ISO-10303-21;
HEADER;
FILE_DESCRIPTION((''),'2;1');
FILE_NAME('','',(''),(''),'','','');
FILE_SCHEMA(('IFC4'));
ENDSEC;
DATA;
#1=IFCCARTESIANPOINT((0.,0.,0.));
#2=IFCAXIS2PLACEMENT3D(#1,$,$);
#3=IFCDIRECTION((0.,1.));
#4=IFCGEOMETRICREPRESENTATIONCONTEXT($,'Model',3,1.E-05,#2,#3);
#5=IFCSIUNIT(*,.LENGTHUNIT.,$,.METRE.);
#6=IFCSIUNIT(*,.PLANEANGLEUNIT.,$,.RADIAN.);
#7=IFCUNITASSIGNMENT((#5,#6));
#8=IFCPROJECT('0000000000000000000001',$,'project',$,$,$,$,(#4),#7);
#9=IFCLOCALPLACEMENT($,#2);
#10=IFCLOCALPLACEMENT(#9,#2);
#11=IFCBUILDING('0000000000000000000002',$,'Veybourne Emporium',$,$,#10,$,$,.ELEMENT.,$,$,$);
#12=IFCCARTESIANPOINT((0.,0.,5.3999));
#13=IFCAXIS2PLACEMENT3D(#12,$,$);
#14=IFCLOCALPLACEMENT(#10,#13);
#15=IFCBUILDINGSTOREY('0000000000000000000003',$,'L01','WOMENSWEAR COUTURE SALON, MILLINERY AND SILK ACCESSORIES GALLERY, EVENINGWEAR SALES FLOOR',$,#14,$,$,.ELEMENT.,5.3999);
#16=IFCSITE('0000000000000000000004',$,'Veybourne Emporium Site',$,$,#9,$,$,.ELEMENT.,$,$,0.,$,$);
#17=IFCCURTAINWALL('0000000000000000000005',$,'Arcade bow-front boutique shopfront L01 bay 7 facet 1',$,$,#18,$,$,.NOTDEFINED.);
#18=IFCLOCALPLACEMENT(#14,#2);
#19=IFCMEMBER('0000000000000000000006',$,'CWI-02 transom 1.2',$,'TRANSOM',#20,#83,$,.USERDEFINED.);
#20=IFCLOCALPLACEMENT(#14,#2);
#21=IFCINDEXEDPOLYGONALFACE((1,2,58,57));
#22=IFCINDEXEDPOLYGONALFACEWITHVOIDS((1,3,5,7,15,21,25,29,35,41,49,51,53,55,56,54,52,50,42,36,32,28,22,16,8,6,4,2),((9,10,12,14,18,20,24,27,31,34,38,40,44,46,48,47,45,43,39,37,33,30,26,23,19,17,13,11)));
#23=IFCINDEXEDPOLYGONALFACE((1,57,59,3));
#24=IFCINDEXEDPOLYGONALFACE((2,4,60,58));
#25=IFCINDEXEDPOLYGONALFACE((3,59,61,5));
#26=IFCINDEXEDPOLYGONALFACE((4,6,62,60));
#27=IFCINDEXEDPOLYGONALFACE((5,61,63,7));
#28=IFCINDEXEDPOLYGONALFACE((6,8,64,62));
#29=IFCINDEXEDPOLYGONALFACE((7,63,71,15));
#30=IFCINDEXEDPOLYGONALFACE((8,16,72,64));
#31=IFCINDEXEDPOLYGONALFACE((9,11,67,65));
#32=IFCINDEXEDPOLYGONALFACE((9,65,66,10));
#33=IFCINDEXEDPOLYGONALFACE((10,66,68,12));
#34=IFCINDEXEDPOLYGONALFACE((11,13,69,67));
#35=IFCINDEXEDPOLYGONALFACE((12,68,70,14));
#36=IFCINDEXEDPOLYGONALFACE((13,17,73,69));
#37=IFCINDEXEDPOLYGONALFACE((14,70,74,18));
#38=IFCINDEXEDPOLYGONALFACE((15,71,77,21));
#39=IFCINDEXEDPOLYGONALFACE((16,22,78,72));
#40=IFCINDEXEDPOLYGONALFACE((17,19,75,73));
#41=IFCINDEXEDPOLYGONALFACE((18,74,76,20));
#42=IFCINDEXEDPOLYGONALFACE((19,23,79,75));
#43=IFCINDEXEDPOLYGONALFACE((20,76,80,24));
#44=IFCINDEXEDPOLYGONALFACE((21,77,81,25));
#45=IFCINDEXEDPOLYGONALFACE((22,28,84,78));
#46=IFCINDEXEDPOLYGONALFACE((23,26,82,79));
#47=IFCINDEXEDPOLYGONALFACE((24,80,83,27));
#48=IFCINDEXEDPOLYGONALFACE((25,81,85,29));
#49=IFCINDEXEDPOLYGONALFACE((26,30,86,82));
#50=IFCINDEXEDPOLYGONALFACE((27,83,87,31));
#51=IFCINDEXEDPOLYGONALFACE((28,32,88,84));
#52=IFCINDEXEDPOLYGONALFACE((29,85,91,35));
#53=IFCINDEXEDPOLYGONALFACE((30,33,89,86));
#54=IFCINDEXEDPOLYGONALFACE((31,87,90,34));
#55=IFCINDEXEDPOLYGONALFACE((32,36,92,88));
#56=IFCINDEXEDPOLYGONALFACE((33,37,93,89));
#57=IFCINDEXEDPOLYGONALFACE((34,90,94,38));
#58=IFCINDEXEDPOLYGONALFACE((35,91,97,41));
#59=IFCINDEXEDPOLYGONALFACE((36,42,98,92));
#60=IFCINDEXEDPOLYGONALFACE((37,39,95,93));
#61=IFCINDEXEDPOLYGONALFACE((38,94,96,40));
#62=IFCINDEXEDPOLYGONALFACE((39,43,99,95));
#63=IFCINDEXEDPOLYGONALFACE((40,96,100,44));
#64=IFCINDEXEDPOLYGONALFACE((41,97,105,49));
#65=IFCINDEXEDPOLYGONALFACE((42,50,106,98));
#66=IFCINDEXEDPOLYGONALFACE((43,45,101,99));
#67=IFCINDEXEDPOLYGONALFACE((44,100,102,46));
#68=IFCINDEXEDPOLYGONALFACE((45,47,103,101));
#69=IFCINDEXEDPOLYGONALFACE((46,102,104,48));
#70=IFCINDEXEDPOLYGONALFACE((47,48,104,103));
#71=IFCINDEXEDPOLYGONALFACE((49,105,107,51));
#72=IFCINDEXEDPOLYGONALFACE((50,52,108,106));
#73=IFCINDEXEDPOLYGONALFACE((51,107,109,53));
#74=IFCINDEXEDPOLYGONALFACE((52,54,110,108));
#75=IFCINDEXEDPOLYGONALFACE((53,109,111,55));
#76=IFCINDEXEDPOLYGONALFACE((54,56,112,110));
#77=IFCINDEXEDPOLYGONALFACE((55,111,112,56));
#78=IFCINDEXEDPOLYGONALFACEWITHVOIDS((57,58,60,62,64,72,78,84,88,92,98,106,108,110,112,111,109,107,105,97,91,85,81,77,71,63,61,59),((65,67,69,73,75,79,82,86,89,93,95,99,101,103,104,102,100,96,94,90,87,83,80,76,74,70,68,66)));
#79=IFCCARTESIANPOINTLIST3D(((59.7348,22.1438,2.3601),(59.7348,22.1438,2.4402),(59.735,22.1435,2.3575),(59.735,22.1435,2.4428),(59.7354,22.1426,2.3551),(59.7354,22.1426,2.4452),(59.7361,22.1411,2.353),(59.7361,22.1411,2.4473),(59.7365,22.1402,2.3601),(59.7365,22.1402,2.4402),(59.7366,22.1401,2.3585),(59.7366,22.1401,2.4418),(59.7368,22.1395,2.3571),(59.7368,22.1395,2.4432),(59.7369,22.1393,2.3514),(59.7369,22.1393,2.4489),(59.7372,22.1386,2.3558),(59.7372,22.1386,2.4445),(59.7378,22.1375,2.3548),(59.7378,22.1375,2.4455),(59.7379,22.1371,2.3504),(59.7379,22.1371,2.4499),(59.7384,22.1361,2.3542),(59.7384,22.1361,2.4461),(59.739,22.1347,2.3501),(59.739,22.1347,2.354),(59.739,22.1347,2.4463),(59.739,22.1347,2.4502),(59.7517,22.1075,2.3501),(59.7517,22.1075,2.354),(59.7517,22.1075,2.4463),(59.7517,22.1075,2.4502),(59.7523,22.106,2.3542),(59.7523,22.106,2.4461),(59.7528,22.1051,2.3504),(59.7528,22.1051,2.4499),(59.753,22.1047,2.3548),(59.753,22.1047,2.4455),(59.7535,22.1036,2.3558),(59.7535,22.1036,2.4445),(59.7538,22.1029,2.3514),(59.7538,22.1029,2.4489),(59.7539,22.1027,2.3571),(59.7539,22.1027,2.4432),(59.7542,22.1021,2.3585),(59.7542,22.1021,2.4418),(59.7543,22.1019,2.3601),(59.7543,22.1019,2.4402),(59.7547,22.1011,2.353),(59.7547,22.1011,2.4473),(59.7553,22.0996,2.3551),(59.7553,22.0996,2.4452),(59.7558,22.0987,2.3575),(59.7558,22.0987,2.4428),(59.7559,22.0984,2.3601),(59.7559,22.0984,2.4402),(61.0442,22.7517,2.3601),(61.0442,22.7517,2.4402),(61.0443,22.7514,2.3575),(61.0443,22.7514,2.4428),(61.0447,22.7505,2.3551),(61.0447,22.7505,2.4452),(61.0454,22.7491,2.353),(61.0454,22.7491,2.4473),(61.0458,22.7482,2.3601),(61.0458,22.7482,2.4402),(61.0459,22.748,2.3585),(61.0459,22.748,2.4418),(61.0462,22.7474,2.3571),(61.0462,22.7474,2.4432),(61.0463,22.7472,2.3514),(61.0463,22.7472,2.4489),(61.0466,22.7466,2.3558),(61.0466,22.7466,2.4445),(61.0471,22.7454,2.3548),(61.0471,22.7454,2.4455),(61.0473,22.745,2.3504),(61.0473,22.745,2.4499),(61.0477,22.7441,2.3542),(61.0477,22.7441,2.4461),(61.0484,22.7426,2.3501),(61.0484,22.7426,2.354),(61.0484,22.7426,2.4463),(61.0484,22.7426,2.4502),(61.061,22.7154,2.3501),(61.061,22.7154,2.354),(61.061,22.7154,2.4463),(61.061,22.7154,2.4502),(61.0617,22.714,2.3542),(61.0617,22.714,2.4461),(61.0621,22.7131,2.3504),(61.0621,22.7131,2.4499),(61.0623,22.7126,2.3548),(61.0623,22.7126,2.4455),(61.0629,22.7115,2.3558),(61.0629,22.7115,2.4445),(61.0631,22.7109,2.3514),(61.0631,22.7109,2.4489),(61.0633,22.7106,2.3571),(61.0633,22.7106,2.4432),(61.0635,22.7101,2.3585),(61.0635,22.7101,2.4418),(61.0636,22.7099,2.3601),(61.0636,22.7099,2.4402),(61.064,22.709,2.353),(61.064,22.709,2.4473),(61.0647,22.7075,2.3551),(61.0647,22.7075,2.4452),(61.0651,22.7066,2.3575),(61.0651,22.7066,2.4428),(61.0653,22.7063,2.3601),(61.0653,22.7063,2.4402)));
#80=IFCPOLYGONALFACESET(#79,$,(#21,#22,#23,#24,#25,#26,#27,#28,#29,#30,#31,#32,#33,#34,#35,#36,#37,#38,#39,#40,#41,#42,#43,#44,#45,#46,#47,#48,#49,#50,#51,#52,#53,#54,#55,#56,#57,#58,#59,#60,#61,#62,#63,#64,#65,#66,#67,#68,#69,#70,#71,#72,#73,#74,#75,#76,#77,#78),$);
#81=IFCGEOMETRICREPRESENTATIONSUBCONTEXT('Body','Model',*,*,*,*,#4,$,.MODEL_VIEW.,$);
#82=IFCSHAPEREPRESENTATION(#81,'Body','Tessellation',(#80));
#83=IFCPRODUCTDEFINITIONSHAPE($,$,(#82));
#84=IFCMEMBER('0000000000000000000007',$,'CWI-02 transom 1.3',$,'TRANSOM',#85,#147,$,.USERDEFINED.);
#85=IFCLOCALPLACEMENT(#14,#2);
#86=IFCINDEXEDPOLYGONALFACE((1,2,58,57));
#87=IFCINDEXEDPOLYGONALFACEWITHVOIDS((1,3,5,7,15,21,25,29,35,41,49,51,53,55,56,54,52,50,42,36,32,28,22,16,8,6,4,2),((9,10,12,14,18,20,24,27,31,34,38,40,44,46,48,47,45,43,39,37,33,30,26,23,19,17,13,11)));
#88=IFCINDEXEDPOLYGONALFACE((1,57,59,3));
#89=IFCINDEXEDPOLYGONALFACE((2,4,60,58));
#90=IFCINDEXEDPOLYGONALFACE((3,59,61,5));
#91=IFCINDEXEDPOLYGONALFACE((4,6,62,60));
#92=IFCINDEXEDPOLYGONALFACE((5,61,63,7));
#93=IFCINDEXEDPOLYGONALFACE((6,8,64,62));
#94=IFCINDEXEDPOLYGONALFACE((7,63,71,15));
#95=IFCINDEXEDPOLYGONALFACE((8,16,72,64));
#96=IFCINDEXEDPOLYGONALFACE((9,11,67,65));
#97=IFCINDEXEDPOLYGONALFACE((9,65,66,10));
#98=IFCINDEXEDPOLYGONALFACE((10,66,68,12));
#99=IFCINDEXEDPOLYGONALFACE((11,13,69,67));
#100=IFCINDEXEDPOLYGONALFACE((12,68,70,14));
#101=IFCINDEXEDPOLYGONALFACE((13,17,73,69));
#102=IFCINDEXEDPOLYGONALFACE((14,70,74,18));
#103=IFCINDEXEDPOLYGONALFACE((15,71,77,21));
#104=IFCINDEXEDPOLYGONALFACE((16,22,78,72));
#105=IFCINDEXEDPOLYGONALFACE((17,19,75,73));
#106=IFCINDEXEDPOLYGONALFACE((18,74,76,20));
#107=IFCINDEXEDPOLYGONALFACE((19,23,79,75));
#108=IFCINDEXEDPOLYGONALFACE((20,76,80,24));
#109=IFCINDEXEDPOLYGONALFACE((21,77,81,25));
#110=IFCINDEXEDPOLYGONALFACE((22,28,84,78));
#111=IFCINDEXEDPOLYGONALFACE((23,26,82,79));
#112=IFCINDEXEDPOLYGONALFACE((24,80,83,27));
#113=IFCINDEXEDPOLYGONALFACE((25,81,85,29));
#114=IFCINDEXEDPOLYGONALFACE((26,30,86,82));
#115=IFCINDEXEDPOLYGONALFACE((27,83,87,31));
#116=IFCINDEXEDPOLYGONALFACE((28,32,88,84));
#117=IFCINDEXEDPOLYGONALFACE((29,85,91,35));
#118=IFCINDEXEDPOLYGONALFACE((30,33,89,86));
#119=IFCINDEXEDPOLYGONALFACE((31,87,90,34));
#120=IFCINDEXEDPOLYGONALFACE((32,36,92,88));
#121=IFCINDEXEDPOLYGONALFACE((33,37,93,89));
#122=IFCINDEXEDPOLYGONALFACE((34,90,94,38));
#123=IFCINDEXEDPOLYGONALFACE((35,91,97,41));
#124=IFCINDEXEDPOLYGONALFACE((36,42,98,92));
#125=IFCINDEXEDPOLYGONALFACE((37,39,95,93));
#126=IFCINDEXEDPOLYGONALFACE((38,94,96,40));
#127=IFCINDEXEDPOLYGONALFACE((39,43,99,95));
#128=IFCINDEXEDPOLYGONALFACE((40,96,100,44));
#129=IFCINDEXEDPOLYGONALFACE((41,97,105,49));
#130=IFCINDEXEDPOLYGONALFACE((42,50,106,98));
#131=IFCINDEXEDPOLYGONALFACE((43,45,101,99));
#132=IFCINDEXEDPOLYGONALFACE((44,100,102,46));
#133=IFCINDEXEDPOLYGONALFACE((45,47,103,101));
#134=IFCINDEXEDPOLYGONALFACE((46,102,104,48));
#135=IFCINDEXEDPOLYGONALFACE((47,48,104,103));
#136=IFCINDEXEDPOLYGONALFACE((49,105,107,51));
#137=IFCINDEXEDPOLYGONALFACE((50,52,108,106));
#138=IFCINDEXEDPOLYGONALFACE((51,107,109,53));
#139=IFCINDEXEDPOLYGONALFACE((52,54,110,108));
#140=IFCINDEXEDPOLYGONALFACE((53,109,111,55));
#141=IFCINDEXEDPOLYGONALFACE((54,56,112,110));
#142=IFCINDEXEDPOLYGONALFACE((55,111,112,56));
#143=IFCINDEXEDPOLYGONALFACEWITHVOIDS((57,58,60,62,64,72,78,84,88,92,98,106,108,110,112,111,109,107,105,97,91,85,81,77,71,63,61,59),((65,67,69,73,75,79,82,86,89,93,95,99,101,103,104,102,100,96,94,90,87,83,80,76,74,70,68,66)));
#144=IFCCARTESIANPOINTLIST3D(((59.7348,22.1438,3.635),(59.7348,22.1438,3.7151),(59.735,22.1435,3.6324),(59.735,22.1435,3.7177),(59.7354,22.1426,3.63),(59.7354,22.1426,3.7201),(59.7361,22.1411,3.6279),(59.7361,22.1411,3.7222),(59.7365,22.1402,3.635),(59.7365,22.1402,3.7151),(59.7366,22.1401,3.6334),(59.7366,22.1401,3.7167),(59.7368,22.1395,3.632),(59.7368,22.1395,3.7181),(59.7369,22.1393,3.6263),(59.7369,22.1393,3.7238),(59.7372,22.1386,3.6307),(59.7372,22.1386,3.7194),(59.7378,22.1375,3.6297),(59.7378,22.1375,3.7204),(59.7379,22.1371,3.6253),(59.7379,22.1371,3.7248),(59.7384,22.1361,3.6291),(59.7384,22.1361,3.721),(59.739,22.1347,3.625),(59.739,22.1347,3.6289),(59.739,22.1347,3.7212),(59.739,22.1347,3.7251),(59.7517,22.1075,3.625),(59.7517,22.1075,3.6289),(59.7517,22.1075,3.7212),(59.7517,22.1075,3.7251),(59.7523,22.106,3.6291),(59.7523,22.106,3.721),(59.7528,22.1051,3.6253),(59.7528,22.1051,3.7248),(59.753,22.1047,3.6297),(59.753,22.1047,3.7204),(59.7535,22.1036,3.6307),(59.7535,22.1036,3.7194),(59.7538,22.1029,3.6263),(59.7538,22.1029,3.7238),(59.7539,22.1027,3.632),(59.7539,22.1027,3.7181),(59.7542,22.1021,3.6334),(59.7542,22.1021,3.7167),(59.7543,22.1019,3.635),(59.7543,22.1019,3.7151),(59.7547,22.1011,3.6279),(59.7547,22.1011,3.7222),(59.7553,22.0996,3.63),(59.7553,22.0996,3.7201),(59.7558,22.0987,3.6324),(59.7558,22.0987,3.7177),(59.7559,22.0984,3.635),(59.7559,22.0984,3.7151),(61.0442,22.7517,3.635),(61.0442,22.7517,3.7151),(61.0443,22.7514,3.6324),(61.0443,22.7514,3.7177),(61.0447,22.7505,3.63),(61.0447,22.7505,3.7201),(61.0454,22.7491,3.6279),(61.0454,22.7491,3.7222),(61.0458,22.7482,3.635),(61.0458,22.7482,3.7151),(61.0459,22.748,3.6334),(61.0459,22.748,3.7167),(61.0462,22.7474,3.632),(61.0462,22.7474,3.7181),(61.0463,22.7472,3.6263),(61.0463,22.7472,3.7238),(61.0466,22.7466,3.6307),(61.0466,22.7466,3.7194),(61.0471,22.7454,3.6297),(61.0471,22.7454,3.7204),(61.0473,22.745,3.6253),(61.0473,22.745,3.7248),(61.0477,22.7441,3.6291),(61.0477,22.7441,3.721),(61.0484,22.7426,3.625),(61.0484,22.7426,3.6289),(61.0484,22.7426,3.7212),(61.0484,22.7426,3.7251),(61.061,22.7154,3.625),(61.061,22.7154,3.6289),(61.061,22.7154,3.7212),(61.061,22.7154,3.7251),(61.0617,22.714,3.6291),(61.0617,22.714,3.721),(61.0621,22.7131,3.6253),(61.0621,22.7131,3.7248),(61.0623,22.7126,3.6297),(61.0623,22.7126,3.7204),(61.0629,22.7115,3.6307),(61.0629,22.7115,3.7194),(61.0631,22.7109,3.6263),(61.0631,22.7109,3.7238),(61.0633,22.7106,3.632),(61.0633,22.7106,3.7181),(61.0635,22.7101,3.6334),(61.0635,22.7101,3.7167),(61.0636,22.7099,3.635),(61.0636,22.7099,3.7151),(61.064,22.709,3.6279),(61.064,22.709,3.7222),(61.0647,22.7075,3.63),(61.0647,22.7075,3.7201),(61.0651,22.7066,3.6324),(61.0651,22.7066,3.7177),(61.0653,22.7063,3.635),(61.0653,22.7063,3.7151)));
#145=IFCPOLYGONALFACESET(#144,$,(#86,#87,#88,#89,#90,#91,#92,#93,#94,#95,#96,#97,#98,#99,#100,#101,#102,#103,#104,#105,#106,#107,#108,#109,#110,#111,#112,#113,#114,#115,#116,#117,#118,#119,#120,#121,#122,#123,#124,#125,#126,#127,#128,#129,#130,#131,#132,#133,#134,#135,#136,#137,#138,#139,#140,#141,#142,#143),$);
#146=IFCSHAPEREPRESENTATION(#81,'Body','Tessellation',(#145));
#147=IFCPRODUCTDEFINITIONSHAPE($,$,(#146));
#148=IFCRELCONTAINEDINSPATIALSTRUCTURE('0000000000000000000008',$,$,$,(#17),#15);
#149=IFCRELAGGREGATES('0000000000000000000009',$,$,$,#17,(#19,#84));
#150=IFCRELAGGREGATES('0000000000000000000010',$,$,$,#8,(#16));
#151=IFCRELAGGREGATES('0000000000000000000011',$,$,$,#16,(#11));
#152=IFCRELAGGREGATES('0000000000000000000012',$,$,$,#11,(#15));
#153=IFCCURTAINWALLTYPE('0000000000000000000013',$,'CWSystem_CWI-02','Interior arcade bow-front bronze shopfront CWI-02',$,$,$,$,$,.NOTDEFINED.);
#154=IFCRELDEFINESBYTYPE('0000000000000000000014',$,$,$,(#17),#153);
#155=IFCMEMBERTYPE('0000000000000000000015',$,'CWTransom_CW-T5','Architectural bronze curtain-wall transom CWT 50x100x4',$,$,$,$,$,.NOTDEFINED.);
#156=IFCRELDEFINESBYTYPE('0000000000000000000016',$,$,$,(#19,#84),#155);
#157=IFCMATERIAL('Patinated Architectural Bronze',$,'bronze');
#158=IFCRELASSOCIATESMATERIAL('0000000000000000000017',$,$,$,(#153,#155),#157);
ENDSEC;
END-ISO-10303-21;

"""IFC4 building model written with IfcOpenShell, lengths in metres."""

from ifc_helpers import new_model, si_unit, direction, frame, origin, origin_2d, place, context, subcontext, project, spatial, hollow_rectangle, extrude, material, material_profile, profile_set, type_object, element, aggregate, save


model = new_model("IFC4")

# Units and contexts
model_context = context("Model", 3, precision=1e-05, world=origin(), true_north=direction((0.0, 1.0)))
body_context = subcontext(model_context, "Body", "Model", "MODEL_VIEW")
ifc_project = project(units=[si_unit("LENGTHUNIT", "METRE"), si_unit("PLANEANGLEUNIT", "RADIAN")], contexts=[model_context])

# Site, building, storey
site_placement = place(None, origin())
site = spatial("IfcSite", under=ifc_project, at=site_placement, Name="Veybourne Emporium Site", CompositionType="ELEMENT", RefElevation=0.0)
building_placement = place(site_placement, origin())
building = spatial("IfcBuilding", under=site, at=building_placement, Name="Veybourne Emporium", CompositionType="ELEMENT")
storey_placement = place(building_placement, frame((0.0, 0.0, 5.3999)))
storey = spatial("IfcBuildingStorey", under=building, at=storey_placement, Name="L01", Description="WOMENSWEAR COUTURE SALON, MILLINERY AND SILK ACCESSORIES GALLERY, EVENINGWEAR SALES FLOOR", CompositionType="ELEMENT", Elevation=5.3999)

# Shared definitions
ifc_material_1 = material(Name="Patinated Architectural Bronze", Category="bronze")

# Curtain wall
curtain_wall_type_1 = type_object("IfcCurtainWallType", Name="CWSystem_CWI-02", Description="Interior arcade bow-front bronze shopfront CWI-02", PredefinedType="NOTDEFINED", material=ifc_material_1)
curtain_wall_1_placement = place(storey_placement, origin())
curtain_wall_1 = element("IfcCurtainWall", 1, at=curtain_wall_1_placement, inside=storey, type_object=curtain_wall_type_1, Name="Arcade bow-front boutique shopfront L01 bay 7 facet 1", PredefinedType="NOTDEFINED")

# Members
ifc_material_profile_1 = material_profile(ifc_material_1, hollow_rectangle(XDim=0.05, YDim=0.1001, WallThickness=0.0039, InnerFilletRadius=0.0061, OuterFilletRadius=0.01, at=origin_2d()), Name="CWT 50x100x4")
ifc_profile_set_1 = profile_set([ifc_material_profile_1], Name="Patinated Architectural Bronze")
member_type_1 = type_object("IfcMemberType", Name="CWTransom_CW-T5", Description="Architectural bronze curtain-wall transom CWT 50x100x4", PredefinedType="NOTDEFINED", material=ifc_profile_set_1)
member_1_placement = place(storey_placement, frame((59.7454, 22.1211, 2.4001), z_axis=(0.907007, 0.421116, 0.0), x_axis=(-0.421116, 0.907007, 0.0)))
member_1 = element("IfcMember", 2, at=member_1_placement, type_object=member_type_1, Name="CWI-02 transom 1.2", ObjectType="TRANSOM", PredefinedType="USERDEFINED", context=body_context, shape_type="SweptSolid", body=[
    extrude(hollow_rectangle(XDim=0.05, YDim=0.1001, WallThickness=0.0039, InnerFilletRadius=0.0061, OuterFilletRadius=0.01, at=origin_2d()), origin(), (0.0, 0.0, 1.0), 1.4436),
])
member_2_placement = place(storey_placement, frame((59.7454, 22.1211, 3.675), z_axis=(0.907007, 0.421116, 0.0), x_axis=(-0.421116, 0.907007, 0.0)))
member_2 = element("IfcMember", 3, at=member_2_placement, type_object=member_type_1, Name="CWI-02 transom 1.3", ObjectType="TRANSOM", PredefinedType="USERDEFINED", context=body_context, shape_type="SweptSolid", body=[
    extrude(hollow_rectangle(XDim=0.05, YDim=0.1001, WallThickness=0.0039, InnerFilletRadius=0.0061, OuterFilletRadius=0.01, at=origin_2d()), origin(), (0.0, 0.0, 1.0), 1.4436),
])

aggregate(curtain_wall_1, [member_1, member_2])

save(model, "model.ifc")
